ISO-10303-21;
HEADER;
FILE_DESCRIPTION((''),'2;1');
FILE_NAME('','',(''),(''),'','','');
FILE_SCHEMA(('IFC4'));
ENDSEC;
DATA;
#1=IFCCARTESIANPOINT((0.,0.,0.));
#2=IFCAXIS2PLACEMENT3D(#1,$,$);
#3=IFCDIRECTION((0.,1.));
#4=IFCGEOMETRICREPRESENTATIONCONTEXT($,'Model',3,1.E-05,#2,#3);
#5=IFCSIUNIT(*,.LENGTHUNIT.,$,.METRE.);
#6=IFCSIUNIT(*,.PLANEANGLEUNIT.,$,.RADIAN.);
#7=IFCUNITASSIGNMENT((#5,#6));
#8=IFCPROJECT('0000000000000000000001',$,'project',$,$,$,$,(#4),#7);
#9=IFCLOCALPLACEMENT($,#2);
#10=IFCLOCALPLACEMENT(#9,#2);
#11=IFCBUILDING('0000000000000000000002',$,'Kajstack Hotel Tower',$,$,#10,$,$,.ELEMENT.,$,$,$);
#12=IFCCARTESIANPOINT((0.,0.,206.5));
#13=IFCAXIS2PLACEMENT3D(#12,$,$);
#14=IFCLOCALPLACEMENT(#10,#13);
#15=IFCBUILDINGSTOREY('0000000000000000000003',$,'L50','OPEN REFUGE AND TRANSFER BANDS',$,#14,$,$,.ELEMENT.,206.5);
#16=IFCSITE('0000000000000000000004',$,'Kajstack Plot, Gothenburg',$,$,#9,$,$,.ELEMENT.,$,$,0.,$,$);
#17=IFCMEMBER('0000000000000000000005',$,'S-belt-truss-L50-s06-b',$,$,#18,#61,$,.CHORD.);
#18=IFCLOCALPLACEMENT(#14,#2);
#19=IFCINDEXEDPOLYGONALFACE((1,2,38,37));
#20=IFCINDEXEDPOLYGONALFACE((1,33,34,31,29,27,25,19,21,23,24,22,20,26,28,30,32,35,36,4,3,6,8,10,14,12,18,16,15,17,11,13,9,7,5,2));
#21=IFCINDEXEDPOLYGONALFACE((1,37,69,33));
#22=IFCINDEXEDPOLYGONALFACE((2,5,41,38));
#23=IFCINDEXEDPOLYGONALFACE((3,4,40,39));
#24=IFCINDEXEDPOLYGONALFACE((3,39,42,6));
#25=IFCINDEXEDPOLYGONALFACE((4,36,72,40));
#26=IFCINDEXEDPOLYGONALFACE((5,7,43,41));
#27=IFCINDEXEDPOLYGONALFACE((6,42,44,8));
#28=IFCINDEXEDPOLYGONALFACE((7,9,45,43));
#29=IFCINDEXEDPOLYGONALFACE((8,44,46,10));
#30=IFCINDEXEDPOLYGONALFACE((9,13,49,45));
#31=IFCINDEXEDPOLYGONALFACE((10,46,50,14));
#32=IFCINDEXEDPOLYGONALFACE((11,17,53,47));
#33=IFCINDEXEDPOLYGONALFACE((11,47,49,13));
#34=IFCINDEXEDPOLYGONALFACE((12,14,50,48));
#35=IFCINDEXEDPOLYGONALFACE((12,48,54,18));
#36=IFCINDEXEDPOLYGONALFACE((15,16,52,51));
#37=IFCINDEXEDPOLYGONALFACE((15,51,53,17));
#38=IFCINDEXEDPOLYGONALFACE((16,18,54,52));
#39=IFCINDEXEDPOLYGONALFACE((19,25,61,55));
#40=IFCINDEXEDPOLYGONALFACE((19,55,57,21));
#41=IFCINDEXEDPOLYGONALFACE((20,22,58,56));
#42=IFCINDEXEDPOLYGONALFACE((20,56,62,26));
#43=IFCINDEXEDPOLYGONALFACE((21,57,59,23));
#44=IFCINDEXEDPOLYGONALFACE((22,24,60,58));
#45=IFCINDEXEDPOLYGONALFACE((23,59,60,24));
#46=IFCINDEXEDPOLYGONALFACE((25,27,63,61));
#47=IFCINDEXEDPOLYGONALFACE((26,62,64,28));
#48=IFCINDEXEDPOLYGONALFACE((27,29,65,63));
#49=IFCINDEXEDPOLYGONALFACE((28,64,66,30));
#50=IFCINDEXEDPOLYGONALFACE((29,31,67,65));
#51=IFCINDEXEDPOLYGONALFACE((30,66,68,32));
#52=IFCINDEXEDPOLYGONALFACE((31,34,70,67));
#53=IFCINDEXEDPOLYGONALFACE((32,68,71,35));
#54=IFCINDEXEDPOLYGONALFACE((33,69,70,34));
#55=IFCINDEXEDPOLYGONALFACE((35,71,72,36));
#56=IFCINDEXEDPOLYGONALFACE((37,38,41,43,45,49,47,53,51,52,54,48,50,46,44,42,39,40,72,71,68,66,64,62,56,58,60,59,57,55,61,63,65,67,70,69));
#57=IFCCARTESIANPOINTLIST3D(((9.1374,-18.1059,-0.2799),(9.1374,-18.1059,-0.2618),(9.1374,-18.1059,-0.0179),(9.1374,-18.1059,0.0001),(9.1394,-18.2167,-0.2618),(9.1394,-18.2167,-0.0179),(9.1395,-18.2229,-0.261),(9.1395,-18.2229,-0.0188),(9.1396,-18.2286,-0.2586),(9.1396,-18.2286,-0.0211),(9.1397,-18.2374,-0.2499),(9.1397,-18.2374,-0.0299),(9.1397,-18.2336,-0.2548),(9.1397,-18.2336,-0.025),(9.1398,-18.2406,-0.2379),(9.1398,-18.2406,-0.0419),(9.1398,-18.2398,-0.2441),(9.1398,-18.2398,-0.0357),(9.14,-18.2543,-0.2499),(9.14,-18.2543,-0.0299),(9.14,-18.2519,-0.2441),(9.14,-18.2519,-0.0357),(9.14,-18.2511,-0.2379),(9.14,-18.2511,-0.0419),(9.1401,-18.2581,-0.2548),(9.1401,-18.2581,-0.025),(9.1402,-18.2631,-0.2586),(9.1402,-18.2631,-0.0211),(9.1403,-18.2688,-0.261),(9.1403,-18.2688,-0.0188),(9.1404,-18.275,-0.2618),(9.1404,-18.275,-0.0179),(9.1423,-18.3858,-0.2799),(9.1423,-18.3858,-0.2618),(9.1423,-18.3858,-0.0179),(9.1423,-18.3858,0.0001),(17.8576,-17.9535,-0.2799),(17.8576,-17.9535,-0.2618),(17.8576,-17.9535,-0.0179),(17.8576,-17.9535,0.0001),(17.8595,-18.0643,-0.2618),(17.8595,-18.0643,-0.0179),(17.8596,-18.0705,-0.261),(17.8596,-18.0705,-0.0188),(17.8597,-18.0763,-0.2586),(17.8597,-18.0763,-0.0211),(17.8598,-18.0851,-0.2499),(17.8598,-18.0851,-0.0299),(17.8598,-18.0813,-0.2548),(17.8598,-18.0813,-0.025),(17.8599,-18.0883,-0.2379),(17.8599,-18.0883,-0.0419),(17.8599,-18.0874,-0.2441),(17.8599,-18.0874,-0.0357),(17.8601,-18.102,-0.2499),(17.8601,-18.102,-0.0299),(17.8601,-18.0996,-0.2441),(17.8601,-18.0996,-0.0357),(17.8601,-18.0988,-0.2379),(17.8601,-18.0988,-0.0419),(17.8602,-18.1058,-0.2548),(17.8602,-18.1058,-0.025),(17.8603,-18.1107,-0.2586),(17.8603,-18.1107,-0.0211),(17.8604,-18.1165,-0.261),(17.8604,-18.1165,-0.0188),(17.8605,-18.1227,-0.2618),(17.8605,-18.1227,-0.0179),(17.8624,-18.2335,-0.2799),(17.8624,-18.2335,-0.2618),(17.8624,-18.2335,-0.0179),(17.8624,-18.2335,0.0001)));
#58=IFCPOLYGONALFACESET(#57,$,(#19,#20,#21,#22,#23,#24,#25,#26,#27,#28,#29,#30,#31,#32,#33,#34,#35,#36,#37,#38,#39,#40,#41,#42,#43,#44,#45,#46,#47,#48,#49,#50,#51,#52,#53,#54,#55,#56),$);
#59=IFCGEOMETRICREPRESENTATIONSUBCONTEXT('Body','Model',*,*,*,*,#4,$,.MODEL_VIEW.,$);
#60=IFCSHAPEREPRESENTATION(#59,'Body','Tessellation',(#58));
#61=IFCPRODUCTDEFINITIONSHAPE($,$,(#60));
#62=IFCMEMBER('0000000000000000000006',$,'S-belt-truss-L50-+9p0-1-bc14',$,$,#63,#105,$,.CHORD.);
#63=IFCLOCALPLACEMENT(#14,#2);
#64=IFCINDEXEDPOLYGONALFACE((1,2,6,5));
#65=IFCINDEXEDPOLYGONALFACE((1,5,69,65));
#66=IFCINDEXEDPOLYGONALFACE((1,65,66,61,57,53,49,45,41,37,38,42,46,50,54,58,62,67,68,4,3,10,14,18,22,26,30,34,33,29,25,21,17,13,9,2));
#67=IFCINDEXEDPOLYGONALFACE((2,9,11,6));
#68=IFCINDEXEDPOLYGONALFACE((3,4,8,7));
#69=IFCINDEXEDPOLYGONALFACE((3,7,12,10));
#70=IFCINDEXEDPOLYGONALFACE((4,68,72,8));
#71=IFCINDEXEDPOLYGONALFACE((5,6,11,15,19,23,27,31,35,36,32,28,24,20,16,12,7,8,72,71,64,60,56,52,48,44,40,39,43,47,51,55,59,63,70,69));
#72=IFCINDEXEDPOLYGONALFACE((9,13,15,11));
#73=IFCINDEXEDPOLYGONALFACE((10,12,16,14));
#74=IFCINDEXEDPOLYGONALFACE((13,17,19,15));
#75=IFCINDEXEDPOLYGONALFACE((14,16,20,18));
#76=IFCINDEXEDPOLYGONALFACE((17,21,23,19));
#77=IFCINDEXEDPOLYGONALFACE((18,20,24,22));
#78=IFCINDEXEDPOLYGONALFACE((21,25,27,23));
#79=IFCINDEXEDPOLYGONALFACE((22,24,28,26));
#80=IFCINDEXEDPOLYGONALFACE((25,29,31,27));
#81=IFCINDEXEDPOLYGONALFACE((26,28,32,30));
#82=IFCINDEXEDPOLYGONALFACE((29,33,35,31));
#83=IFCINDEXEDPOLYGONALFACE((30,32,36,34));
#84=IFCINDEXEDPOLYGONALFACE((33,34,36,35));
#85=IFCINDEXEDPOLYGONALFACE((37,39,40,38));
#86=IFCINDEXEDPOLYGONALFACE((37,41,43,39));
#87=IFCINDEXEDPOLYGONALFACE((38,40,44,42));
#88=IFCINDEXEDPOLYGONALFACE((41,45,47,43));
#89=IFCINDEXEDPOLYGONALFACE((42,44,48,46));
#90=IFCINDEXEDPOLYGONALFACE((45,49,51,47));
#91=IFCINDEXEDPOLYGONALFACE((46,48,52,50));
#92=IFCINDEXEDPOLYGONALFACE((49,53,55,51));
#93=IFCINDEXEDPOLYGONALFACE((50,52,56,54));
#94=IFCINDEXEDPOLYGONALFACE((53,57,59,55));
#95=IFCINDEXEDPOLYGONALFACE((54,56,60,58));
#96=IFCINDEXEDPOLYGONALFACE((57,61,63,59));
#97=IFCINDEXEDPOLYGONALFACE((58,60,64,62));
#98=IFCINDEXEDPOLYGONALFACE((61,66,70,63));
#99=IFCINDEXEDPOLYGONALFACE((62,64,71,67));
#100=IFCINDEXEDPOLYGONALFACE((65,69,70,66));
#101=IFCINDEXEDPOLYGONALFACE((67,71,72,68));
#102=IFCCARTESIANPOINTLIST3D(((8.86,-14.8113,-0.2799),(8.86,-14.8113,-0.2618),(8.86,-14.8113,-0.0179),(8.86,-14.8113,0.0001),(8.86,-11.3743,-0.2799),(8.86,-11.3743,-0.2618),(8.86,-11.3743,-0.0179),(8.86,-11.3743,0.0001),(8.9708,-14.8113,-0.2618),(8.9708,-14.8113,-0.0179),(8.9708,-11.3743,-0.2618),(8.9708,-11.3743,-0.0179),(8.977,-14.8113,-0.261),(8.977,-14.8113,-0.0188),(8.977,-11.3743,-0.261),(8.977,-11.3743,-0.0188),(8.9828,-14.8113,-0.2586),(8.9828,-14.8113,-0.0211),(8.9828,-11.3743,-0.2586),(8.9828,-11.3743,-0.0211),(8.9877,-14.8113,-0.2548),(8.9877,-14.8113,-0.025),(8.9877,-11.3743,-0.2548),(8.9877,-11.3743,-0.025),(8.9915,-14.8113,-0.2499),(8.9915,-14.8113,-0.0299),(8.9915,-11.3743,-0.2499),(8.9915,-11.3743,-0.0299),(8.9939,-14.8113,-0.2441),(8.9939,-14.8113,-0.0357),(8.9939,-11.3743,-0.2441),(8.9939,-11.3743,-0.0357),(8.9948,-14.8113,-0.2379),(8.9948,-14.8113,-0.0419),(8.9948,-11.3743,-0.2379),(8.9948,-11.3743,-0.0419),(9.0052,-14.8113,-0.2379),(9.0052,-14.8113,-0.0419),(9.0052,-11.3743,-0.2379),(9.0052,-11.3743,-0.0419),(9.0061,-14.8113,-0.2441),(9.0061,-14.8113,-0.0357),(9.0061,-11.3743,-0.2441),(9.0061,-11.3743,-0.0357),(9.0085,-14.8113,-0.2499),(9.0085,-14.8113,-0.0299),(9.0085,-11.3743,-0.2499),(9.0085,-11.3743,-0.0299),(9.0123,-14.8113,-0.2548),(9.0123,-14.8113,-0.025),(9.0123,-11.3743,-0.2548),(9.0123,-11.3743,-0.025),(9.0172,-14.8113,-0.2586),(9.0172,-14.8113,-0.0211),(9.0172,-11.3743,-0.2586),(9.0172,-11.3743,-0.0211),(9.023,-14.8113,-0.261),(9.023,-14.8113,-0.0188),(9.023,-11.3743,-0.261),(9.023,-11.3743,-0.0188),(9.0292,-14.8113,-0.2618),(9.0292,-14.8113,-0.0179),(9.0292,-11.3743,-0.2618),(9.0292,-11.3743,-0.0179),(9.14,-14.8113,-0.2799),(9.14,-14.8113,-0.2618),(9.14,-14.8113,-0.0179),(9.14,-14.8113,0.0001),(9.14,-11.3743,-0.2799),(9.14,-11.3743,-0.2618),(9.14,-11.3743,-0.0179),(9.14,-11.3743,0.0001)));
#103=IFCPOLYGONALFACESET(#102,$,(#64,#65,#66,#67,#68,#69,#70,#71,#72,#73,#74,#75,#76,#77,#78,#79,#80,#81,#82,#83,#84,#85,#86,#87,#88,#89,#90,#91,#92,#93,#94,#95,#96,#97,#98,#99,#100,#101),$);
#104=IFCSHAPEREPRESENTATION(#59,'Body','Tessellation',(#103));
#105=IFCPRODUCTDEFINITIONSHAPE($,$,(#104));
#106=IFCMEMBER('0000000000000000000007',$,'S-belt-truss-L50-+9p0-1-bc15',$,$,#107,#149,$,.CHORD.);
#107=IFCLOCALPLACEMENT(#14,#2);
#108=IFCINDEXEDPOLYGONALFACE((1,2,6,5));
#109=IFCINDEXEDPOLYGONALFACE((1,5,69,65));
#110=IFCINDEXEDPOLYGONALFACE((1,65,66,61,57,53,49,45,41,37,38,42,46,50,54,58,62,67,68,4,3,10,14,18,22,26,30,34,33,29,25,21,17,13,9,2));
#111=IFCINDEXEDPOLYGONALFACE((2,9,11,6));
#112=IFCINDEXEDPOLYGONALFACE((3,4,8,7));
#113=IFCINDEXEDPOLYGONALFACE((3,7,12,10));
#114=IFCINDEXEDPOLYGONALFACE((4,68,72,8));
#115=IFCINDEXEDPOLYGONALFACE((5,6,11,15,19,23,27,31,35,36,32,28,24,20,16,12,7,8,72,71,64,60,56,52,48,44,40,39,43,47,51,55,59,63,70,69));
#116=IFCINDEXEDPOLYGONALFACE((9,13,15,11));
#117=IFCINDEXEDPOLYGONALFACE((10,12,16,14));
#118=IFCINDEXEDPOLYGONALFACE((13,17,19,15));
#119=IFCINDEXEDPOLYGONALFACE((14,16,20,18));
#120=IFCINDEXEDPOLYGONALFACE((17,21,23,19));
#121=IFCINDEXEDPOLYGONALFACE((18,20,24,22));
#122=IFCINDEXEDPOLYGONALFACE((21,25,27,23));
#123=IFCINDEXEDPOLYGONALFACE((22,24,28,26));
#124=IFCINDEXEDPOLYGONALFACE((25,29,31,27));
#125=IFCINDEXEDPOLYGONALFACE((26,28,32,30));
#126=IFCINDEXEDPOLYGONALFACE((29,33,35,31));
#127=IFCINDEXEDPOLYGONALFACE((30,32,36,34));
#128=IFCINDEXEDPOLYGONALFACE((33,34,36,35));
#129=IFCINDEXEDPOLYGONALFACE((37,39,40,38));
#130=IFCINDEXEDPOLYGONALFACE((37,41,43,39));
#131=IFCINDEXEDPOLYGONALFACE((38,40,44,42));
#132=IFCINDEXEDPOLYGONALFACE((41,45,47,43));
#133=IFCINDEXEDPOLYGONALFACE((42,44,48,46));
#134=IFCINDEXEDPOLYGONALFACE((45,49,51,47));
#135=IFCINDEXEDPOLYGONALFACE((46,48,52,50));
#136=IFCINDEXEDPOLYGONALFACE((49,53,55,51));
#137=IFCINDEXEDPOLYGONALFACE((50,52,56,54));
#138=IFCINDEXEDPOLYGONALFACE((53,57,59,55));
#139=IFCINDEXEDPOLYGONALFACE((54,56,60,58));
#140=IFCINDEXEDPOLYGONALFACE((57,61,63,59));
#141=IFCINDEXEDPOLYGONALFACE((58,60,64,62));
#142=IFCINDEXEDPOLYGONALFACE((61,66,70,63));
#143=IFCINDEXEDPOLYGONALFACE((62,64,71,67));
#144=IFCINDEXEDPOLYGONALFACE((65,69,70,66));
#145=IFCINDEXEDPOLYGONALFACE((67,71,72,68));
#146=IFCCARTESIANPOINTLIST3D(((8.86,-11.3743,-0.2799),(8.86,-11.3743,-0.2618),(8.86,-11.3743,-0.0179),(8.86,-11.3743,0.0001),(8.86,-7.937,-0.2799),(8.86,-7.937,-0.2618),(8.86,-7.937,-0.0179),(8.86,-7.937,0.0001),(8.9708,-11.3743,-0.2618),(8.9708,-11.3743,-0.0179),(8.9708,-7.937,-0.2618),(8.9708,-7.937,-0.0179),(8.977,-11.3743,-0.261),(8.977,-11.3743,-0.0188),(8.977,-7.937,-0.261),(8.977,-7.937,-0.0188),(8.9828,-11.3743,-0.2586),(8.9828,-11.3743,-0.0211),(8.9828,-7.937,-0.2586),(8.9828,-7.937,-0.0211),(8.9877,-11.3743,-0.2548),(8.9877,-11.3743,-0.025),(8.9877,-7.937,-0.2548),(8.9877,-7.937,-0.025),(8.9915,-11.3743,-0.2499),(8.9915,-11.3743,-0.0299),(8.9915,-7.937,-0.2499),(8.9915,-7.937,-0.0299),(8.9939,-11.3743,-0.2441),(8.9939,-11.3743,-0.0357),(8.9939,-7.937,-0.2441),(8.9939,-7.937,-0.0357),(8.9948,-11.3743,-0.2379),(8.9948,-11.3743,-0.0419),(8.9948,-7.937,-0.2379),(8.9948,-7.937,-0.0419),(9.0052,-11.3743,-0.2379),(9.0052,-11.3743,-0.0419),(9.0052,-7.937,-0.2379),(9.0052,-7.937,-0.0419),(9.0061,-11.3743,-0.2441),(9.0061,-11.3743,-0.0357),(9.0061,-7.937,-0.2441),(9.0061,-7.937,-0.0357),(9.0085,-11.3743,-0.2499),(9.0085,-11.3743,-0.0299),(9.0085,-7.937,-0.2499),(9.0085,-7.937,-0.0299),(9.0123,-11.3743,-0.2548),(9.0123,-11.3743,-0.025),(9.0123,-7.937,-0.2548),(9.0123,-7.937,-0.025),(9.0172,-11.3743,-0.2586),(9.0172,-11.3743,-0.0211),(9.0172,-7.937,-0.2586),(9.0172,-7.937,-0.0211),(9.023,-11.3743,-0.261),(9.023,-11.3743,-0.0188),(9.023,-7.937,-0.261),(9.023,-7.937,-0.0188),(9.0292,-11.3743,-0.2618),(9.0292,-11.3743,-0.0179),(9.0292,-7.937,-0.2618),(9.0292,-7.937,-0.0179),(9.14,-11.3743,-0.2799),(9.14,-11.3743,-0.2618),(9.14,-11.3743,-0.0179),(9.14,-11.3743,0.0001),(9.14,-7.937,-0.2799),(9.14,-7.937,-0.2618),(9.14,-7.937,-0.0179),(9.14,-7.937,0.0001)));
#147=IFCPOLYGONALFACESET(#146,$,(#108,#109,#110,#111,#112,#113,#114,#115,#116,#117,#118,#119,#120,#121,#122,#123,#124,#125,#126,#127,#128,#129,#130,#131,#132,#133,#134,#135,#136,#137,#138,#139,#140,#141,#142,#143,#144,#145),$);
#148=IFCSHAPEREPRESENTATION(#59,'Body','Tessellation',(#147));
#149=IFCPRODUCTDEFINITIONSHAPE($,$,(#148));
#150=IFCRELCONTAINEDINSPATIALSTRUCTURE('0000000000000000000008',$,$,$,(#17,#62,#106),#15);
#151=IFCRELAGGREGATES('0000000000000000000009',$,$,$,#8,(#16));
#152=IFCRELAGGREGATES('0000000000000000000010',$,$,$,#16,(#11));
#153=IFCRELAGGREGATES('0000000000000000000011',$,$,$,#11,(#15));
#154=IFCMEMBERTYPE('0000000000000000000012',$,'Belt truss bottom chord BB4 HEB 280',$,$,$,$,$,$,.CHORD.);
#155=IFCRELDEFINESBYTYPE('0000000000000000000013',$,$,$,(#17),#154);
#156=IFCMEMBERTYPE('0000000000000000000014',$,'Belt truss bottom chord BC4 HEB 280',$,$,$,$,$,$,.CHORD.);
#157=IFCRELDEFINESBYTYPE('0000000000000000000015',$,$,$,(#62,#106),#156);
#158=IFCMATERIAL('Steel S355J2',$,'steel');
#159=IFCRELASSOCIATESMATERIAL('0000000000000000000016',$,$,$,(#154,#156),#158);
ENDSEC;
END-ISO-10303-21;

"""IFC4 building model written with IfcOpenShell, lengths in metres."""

from ifc_helpers import new_model, si_unit, direction, frame, origin, origin_2d, place, context, subcontext, project, spatial, i_section, extrude, material, material_profile, profile_set, type_object, element, save


model = new_model("IFC4")

# Units and contexts
model_context = context("Model", 3, precision=1e-05, world=origin(), true_north=direction((0.0, 1.0)))
body_context = subcontext(model_context, "Body", "Model", "MODEL_VIEW")
ifc_project = project(units=[si_unit("LENGTHUNIT", "METRE"), si_unit("PLANEANGLEUNIT", "RADIAN")], contexts=[model_context])

# Site, building, storey
site_placement = place(None, origin())
site = spatial("IfcSite", under=ifc_project, at=site_placement, Name="Kajstack Plot, Gothenburg", CompositionType="ELEMENT", RefElevation=0.0)
building_placement = place(site_placement, origin())
building = spatial("IfcBuilding", under=site, at=building_placement, Name="Kajstack Hotel Tower", CompositionType="ELEMENT")
storey_placement = place(building_placement, frame((0.0, 0.0, 206.5)))
storey = spatial("IfcBuildingStorey", under=building, at=storey_placement, Name="L50", Description="OPEN REFUGE AND TRANSFER BANDS", CompositionType="ELEMENT", Elevation=206.5)

# Members
ifc_material_1 = material(Name="Steel S355J2", Category="steel")
ifc_material_profile_1 = material_profile(ifc_material_1, i_section(OverallWidth=0.28, OverallDepth=0.28, WebThickness=0.0105, FlangeThickness=0.0181, FilletRadius=0.0239, at=origin_2d()), Name="HEB 280")
ifc_profile_set_1 = profile_set([ifc_material_profile_1], Name="Steel S355J2")
member_type_1 = type_object("IfcMemberType", Name="Belt truss bottom chord BB4 HEB 280", PredefinedType="CHORD", material=ifc_profile_set_1)
member_1_placement = place(storey_placement, frame((9.1399, -18.2458, -0.1399), z_axis=(0.999847, 0.017468, 0.0), x_axis=(-0.017468, 0.999847, 0.0)))
element("IfcMember", 1, at=member_1_placement, inside=storey, type_object=member_type_1, Name="S-belt-truss-L50-s06-b", PredefinedType="CHORD", context=body_context, shape_type="SweptSolid", body=[
    extrude(i_section(OverallWidth=0.28, OverallDepth=0.28, WebThickness=0.0105, FlangeThickness=0.0181, FilletRadius=0.0239, at=origin_2d()), origin(), (0.0, 0.0, 1.0), 8.7214),
])
ifc_material_profile_2 = material_profile(ifc_material_1, i_section(OverallWidth=0.28, OverallDepth=0.28, WebThickness=0.0105, FlangeThickness=0.0181, FilletRadius=0.0239, at=origin_2d()), Name="HEB 280")
ifc_profile_set_2 = profile_set([ifc_material_profile_2], Name="Steel S355J2")
member_type_2 = type_object("IfcMemberType", Name="Belt truss bottom chord BC4 HEB 280", PredefinedType="CHORD", material=ifc_profile_set_2)
member_2_placement = place(storey_placement, frame((9.0, -14.8113, -0.1399), z_axis=(0.0, 1.0, 0.0), x_axis=(-1.0, 0.0, 0.0)))
element("IfcMember", 2, at=member_2_placement, inside=storey, type_object=member_type_2, Name="S-belt-truss-L50-+9p0-1-bc14", PredefinedType="CHORD", context=body_context, shape_type="SweptSolid", body=[
    extrude(i_section(OverallWidth=0.28, OverallDepth=0.28, WebThickness=0.0105, FlangeThickness=0.0181, FilletRadius=0.0239, at=origin_2d()), origin(), (0.0, 0.0, 1.0), 3.437),
])
member_3_placement = place(storey_placement, frame((9.0, -11.3743, -0.1399), z_axis=(0.0, 1.0, 0.0), x_axis=(-1.0, 0.0, 0.0)))
element("IfcMember", 3, at=member_3_placement, inside=storey, type_object=member_type_2, Name="S-belt-truss-L50-+9p0-1-bc15", PredefinedType="CHORD", context=body_context, shape_type="SweptSolid", body=[
    extrude(i_section(OverallWidth=0.28, OverallDepth=0.28, WebThickness=0.0105, FlangeThickness=0.0181, FilletRadius=0.0239, at=origin_2d()), origin(), (0.0, 0.0, 1.0), 3.4373),
])

save(model, "model.ifc")
